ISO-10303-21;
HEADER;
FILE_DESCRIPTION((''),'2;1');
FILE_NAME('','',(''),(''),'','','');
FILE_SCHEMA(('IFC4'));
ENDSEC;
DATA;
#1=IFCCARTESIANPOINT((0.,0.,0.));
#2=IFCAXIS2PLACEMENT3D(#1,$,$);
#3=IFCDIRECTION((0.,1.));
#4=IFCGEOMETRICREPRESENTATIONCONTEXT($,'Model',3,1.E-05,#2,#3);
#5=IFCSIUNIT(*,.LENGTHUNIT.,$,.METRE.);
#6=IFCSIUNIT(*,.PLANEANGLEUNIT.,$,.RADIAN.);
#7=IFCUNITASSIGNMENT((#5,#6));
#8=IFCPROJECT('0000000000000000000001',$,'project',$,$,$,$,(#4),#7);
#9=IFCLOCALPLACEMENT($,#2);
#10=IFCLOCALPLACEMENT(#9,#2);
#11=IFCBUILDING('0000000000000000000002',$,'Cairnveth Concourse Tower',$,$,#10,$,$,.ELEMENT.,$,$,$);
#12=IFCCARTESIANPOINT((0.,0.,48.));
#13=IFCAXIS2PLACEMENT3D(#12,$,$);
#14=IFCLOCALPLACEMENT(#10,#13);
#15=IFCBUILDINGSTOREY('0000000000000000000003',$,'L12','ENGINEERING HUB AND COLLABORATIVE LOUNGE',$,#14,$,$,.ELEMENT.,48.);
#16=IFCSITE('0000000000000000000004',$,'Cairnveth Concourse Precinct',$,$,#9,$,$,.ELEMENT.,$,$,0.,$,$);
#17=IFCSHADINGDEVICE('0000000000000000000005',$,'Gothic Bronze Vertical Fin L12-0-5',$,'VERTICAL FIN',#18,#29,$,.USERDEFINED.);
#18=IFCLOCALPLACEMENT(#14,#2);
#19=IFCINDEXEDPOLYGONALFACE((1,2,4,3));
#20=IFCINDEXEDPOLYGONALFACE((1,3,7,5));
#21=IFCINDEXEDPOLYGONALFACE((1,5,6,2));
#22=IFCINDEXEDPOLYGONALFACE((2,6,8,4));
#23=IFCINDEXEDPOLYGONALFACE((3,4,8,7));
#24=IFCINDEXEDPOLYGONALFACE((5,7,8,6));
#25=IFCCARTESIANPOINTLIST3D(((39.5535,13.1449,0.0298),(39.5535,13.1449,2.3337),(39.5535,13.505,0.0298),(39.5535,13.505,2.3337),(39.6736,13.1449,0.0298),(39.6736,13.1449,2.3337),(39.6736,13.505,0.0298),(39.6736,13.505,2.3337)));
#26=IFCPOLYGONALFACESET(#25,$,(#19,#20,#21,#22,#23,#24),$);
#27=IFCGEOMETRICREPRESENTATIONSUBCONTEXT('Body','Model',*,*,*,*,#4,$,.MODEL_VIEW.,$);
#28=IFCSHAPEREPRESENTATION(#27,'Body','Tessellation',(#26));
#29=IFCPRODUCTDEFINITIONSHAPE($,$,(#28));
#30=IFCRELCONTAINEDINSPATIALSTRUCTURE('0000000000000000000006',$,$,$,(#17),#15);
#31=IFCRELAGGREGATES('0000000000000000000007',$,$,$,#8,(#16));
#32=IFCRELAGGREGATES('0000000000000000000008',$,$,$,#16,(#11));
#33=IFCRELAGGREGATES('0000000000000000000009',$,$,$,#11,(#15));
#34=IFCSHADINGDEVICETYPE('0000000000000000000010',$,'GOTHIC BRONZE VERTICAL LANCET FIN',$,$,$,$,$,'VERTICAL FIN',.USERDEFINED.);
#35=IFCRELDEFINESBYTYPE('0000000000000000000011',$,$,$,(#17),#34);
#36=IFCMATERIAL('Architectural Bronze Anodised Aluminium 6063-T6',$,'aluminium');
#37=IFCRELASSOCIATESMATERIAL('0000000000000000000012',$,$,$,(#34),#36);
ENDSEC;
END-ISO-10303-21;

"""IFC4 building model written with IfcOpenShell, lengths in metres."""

from ifc_helpers import new_model, si_unit, direction, frame, origin, origin_2d, place, context, subcontext, project, spatial, rectangle, extrude, material, type_object, element, save


model = new_model("IFC4")

# Units and contexts
model_context = context("Model", 3, precision=1e-05, world=origin(), true_north=direction((0.0, 1.0)))
body_context = subcontext(model_context, "Body", "Model", "MODEL_VIEW")
ifc_project = project(units=[si_unit("LENGTHUNIT", "METRE"), si_unit("PLANEANGLEUNIT", "RADIAN")], contexts=[model_context])

# Site, building, storey
site_placement = place(None, origin())
site = spatial("IfcSite", under=ifc_project, at=site_placement, Name="Cairnveth Concourse Precinct", CompositionType="ELEMENT", RefElevation=0.0)
building_placement = place(site_placement, origin())
building = spatial("IfcBuilding", under=site, at=building_placement, Name="Cairnveth Concourse Tower", CompositionType="ELEMENT")
storey_placement = place(building_placement, frame((0.0, 0.0, 48.0)))
storey = spatial("IfcBuildingStorey", under=building, at=storey_placement, Name="L12", Description="ENGINEERING HUB AND COLLABORATIVE LOUNGE", CompositionType="ELEMENT", Elevation=48.0)

# Shading device
ifc_material_1 = material(Name="Architectural Bronze Anodised Aluminium 6063-T6", Category="aluminium")
shading_device_type = type_object("IfcShadingDeviceType", Name="GOTHIC BRONZE VERTICAL LANCET FIN", ElementType="VERTICAL FIN", PredefinedType="USERDEFINED", material=ifc_material_1)
shading_device_placement = place(storey_placement, frame((39.6135, 13.325, 0.0298), z_axis=(0.0, 0.0, 1.0), x_axis=(1.0, 0.0, 0.0)))
element("IfcShadingDevice", 1, at=shading_device_placement, inside=storey, type_object=shading_device_type, Name="Gothic Bronze Vertical Fin L12-0-5", ObjectType="VERTICAL FIN", PredefinedType="USERDEFINED", context=body_context, shape_type="SweptSolid", body=[
    extrude(rectangle(XDim=0.1201, YDim=0.3601, at=origin_2d()), origin(), (0.0, 0.0, 1.0), 2.304),
])

save(model, "model.ifc")
